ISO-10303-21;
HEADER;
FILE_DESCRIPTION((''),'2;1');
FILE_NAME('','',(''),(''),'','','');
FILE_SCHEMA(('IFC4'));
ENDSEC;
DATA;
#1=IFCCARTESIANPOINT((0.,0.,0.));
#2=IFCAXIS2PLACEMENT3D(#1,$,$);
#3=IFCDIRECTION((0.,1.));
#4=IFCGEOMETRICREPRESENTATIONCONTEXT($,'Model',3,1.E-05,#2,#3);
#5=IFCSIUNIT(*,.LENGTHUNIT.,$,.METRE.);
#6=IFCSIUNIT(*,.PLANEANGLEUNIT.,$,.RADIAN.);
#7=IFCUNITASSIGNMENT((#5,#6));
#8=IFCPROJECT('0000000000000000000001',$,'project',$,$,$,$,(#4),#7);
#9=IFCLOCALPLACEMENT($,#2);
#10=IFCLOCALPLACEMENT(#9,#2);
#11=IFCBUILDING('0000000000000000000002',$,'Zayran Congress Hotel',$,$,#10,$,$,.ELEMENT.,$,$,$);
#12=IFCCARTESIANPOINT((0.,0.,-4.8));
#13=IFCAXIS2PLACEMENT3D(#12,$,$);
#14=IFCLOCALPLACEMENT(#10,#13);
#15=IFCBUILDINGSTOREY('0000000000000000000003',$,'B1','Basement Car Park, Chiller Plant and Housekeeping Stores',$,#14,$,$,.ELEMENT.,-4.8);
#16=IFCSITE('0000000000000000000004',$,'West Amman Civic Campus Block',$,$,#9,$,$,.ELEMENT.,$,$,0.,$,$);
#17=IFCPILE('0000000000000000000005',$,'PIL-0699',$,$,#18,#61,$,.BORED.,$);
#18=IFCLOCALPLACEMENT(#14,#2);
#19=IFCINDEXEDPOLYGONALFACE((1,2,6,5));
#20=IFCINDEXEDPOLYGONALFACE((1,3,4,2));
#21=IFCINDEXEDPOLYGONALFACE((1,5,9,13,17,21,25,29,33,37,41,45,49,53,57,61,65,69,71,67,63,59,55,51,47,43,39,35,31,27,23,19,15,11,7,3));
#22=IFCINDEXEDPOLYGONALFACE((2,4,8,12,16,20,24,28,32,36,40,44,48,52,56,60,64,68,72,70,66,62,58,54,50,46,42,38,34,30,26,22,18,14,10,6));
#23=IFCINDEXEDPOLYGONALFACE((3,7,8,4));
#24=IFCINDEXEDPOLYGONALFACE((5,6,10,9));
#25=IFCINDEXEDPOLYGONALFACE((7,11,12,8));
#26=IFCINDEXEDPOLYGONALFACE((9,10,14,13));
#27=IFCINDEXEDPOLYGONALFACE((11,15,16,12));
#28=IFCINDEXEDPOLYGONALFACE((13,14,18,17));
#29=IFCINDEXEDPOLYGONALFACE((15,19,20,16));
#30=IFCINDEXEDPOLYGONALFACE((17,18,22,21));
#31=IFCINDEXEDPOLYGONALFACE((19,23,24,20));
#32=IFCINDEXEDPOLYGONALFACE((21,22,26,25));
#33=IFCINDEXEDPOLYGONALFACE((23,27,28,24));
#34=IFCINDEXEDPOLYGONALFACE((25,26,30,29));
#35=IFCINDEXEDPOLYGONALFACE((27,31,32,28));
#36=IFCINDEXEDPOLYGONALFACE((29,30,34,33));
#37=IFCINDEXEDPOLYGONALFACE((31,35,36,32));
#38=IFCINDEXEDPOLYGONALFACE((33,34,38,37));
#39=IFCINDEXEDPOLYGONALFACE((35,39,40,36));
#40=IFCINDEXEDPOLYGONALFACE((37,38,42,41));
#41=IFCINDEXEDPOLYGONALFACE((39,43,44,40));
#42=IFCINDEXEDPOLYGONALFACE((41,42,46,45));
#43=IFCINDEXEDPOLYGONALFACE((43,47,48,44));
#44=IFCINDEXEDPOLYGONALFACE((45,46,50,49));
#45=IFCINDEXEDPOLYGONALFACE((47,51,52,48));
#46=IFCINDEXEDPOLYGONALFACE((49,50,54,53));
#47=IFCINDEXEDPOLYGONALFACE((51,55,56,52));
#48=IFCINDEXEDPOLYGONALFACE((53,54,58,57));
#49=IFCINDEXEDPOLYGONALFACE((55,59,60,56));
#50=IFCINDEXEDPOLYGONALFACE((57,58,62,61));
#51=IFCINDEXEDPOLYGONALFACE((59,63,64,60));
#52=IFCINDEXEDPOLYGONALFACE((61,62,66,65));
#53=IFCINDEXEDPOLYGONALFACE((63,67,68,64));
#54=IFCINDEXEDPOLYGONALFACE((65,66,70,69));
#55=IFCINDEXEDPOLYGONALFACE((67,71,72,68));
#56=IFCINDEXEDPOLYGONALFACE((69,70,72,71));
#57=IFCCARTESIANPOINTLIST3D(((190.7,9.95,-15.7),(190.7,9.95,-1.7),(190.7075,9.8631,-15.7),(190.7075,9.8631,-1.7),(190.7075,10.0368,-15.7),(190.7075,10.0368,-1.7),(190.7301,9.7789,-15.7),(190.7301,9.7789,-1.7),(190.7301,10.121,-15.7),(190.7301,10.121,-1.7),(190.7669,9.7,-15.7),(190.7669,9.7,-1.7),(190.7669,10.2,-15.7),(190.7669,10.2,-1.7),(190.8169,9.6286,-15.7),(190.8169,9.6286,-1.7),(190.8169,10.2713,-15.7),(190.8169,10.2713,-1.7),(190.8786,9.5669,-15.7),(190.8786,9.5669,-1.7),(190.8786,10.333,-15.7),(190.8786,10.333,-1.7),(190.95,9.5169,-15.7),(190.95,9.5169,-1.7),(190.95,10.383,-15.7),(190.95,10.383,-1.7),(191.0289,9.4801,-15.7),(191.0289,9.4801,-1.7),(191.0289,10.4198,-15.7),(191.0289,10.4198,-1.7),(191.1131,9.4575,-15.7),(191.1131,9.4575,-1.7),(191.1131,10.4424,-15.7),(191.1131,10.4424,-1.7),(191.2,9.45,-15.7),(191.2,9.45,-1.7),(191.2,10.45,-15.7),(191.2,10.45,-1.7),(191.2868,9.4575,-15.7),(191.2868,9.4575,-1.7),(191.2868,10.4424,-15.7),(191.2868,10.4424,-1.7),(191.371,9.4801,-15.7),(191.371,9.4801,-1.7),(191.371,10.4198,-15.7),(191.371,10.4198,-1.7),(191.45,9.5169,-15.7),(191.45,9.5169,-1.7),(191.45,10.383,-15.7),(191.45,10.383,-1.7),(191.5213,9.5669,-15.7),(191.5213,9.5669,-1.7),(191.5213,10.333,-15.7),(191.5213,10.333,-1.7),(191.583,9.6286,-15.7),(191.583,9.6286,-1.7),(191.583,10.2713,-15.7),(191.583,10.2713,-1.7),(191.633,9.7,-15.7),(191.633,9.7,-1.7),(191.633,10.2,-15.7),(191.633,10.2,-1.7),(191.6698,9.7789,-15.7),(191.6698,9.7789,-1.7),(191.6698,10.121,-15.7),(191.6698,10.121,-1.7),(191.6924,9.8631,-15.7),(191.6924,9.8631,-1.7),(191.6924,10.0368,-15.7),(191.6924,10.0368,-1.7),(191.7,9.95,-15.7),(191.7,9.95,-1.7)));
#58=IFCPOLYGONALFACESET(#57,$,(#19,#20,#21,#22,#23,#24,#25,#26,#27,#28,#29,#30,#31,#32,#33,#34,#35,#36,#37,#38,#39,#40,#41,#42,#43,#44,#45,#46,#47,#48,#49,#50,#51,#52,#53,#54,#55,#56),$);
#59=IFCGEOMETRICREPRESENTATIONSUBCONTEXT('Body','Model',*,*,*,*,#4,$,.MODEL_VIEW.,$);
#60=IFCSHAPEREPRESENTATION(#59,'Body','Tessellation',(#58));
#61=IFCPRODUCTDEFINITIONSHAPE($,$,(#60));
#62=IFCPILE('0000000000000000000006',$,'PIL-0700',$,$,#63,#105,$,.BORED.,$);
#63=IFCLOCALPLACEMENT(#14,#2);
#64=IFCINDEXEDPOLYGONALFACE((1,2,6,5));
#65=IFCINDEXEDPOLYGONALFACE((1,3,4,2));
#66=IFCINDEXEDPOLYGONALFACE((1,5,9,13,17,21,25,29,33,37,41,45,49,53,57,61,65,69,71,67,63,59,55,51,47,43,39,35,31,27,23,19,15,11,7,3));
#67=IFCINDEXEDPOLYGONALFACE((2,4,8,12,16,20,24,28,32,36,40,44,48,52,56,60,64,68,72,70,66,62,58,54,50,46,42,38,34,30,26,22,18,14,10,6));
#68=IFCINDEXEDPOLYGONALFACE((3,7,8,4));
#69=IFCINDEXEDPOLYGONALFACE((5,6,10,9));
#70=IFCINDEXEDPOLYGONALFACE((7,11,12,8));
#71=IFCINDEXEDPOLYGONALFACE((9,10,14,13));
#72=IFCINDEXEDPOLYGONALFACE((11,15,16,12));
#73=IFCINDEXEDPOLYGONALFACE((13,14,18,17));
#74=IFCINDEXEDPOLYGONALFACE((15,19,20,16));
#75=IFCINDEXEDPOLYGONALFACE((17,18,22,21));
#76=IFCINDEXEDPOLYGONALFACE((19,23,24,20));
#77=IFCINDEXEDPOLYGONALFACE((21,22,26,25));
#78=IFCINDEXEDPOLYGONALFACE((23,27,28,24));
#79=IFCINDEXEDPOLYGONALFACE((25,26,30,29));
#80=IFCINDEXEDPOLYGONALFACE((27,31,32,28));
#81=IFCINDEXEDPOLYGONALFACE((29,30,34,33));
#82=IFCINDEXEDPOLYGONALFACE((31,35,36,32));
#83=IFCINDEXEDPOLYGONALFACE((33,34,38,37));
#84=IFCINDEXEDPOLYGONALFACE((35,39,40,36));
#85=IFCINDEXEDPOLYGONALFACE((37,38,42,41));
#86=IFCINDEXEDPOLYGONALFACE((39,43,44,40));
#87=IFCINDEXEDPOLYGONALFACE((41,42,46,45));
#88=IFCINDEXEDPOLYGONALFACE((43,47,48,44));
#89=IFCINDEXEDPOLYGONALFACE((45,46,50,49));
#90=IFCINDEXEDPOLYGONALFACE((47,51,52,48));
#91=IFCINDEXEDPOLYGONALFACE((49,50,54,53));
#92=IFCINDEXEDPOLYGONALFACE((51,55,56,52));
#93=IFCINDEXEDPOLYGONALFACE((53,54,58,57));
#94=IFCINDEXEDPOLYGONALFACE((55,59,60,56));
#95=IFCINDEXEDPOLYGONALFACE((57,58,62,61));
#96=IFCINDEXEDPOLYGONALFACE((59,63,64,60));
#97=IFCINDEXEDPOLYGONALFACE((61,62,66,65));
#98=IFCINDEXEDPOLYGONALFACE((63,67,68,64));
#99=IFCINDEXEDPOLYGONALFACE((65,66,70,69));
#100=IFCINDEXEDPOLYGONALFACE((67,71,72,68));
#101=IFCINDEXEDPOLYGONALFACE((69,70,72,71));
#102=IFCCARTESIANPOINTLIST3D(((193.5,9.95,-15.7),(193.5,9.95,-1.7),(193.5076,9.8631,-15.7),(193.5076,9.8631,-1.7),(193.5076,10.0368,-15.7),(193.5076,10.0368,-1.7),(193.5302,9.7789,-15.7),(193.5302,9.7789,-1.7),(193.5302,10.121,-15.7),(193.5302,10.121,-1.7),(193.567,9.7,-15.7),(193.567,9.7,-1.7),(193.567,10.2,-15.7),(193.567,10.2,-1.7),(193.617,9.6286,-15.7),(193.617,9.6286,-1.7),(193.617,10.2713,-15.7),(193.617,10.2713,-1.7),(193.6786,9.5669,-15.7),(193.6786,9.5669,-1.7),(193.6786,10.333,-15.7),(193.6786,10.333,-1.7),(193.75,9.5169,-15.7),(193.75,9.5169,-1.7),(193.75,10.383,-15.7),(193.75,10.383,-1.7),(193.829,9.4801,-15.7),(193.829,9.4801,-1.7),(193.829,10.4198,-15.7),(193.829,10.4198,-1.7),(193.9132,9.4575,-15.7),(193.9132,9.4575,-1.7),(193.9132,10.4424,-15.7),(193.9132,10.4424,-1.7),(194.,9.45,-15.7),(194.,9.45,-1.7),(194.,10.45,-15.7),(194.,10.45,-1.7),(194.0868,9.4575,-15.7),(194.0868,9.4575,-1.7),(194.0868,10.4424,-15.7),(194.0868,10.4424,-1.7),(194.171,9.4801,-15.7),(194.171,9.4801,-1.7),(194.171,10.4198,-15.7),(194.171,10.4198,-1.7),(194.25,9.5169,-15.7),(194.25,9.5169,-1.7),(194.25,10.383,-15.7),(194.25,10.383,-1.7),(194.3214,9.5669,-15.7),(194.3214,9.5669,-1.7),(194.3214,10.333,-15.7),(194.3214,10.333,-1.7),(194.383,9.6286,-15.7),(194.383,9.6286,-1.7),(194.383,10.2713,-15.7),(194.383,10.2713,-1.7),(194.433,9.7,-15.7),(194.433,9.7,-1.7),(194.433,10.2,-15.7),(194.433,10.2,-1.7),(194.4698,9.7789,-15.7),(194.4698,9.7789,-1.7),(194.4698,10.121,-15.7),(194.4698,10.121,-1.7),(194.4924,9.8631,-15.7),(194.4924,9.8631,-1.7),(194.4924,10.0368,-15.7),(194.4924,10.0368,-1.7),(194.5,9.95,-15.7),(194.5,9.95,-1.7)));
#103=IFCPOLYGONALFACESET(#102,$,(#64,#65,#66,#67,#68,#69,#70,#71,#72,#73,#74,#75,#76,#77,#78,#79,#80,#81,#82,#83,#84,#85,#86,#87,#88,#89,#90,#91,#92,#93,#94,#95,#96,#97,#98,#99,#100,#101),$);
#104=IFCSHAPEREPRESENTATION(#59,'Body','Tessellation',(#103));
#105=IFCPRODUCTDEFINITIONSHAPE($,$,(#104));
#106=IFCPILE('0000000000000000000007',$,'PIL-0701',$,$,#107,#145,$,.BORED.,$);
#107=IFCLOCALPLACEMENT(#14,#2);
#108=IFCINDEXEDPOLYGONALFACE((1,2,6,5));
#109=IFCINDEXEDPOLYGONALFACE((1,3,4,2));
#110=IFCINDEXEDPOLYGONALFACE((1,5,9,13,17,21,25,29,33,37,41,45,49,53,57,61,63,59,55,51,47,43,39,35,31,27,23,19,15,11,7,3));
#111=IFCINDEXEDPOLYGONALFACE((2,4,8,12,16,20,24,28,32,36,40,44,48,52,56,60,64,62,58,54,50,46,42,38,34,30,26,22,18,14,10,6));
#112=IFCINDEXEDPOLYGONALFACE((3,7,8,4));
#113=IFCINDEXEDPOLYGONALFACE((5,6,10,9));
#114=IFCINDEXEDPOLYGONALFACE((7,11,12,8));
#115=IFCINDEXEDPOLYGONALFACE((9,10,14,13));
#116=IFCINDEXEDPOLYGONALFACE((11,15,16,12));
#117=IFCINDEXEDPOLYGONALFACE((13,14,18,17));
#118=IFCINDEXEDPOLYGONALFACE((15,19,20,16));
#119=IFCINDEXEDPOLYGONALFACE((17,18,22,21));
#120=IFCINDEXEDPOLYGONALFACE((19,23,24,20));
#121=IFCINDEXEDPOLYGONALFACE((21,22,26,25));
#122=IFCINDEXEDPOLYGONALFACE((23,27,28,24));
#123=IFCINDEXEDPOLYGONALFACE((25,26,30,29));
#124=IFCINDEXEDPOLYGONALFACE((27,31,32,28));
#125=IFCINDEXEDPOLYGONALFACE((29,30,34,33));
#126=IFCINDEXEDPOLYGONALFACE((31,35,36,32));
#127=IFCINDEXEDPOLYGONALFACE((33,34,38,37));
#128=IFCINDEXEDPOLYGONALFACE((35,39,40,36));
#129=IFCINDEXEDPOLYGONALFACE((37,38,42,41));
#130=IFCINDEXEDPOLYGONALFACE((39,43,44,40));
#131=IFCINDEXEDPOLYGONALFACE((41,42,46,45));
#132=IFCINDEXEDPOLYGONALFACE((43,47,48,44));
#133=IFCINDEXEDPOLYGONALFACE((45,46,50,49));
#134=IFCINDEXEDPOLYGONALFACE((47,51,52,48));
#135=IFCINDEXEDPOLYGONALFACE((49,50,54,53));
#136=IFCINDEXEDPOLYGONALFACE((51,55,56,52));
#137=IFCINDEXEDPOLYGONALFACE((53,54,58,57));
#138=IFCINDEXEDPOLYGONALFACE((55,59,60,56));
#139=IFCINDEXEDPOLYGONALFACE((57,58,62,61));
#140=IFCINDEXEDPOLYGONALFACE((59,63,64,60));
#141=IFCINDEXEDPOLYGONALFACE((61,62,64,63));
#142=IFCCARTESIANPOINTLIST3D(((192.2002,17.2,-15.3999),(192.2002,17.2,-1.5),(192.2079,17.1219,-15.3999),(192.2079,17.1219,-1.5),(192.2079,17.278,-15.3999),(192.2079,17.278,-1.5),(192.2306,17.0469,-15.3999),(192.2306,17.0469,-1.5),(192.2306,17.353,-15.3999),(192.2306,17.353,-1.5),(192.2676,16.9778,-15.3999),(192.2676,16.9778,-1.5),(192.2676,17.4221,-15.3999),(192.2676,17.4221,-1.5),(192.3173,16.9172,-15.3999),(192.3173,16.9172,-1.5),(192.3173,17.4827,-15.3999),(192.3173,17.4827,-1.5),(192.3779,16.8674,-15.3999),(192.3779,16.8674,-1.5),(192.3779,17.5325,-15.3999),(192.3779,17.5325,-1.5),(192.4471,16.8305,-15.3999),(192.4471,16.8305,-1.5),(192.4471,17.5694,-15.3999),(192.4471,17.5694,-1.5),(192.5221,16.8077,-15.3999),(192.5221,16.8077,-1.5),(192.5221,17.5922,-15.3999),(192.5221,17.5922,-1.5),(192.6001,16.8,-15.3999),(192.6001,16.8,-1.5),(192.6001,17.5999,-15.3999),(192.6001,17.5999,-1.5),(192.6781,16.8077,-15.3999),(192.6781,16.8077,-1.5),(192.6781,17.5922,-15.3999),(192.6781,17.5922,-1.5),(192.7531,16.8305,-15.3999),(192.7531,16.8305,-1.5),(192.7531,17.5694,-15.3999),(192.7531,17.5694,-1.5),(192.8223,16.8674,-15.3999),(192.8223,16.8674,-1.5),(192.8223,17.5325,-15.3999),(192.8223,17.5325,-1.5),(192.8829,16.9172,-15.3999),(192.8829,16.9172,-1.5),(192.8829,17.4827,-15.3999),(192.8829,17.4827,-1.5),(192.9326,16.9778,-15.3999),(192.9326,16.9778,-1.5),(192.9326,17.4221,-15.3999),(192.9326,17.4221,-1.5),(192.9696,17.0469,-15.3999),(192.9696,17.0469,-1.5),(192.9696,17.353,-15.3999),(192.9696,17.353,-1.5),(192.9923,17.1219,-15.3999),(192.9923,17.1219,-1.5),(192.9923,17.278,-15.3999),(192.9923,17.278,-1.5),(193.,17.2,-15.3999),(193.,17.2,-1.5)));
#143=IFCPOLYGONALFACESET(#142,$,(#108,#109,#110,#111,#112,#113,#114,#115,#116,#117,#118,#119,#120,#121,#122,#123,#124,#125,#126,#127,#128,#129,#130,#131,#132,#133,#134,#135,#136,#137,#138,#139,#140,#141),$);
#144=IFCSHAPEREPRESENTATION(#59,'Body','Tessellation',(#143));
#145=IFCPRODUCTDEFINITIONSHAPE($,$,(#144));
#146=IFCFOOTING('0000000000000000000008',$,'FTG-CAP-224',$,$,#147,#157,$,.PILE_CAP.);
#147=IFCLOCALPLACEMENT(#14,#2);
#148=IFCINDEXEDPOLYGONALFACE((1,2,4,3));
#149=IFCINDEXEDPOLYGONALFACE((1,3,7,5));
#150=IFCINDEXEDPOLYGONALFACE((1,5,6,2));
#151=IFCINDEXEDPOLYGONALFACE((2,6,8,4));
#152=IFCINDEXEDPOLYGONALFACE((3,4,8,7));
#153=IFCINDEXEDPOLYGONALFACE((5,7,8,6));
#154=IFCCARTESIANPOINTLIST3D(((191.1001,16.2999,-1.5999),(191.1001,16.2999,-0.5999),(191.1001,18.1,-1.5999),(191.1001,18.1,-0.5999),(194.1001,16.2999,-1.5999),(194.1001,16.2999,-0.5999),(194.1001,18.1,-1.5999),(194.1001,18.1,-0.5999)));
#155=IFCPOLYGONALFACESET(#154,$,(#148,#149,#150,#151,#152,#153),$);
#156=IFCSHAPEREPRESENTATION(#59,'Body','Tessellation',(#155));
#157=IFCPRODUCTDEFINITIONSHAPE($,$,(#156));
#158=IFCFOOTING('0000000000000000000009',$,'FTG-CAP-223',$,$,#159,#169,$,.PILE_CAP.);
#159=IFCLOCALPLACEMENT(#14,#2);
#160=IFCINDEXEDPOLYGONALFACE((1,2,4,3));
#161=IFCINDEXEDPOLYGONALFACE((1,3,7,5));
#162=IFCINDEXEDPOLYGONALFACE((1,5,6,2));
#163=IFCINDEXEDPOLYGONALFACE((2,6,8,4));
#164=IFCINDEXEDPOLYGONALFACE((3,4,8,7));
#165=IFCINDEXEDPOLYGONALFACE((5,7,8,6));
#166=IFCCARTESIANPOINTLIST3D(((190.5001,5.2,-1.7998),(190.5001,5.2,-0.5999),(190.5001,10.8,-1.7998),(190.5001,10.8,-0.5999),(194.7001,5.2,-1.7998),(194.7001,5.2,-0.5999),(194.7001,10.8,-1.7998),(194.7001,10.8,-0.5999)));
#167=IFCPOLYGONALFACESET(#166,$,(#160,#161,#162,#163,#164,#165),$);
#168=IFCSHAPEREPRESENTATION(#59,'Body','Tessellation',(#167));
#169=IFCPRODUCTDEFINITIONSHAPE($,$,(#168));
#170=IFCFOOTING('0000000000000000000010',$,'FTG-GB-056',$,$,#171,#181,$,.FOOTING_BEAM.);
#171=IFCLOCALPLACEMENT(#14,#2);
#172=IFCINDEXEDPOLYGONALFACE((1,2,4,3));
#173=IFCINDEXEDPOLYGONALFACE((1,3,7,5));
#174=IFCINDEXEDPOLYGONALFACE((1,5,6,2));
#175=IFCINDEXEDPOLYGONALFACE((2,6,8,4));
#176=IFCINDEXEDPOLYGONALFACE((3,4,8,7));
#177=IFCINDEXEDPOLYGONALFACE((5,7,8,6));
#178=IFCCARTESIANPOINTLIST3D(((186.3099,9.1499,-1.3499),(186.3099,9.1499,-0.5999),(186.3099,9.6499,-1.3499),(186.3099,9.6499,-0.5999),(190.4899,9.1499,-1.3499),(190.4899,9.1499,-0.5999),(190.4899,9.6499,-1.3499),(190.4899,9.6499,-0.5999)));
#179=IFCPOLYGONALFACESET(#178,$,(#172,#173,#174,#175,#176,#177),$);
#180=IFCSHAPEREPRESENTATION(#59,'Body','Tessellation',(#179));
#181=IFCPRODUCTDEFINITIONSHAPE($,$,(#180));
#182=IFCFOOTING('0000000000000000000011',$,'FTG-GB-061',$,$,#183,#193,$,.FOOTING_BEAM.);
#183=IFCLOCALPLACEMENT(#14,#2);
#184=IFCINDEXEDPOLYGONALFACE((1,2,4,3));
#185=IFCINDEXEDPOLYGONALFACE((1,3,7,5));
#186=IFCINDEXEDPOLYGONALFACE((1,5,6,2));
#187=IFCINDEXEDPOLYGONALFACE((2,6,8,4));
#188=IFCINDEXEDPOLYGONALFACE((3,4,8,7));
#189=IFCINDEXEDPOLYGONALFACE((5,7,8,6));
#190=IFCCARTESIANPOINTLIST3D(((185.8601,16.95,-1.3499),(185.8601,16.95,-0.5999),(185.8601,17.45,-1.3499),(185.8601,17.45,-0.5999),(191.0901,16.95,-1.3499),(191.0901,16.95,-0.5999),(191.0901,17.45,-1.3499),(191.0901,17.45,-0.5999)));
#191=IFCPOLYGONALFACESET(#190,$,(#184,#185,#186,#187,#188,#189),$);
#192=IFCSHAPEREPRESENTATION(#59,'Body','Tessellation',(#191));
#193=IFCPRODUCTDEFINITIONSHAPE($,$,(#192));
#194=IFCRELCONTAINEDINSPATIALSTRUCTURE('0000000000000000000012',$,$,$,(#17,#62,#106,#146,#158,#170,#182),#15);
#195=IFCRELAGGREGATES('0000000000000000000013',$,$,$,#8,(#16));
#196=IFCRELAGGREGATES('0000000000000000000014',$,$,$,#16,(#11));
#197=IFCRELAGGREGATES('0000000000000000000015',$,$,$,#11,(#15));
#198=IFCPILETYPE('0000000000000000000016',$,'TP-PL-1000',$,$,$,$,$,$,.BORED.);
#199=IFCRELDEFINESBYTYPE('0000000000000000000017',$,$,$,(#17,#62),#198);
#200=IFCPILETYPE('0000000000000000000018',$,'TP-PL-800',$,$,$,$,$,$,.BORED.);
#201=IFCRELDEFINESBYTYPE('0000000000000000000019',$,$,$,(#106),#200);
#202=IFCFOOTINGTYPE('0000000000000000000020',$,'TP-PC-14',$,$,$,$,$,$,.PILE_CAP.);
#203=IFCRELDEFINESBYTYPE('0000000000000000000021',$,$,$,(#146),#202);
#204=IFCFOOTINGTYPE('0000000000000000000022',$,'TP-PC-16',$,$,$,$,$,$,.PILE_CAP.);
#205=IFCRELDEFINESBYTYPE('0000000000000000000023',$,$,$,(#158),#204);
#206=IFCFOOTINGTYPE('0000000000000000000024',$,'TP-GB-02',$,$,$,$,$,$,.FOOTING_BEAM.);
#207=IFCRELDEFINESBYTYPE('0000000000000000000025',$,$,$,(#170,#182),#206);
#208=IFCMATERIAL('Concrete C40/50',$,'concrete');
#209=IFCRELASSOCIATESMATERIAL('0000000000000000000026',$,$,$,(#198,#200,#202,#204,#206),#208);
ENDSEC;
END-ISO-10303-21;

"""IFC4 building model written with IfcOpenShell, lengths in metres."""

from ifc_helpers import new_model, si_unit, direction, frame, origin, origin_2d, place, context, subcontext, project, spatial, rectangle, circle, extrude, material, material_profile, profile_set, type_object, element, save


model = new_model("IFC4")

# Units and contexts
model_context = context("Model", 3, precision=1e-05, world=origin(), true_north=direction((0.0, 1.0)))
body_context = subcontext(model_context, "Body", "Model", "MODEL_VIEW")
ifc_project = project(units=[si_unit("LENGTHUNIT", "METRE"), si_unit("PLANEANGLEUNIT", "RADIAN")], contexts=[model_context])

# Site, building, storey
site_placement = place(None, origin())
site = spatial("IfcSite", under=ifc_project, at=site_placement, Name="West Amman Civic Campus Block", CompositionType="ELEMENT", RefElevation=0.0)
building_placement = place(site_placement, origin())
building = spatial("IfcBuilding", under=site, at=building_placement, Name="Zayran Congress Hotel", CompositionType="ELEMENT")
storey_placement = place(building_placement, frame((0.0, 0.0, -4.8)))
storey = spatial("IfcBuildingStorey", under=building, at=storey_placement, Name="B1", Description="Basement Car Park, Chiller Plant and Housekeeping Stores", CompositionType="ELEMENT", Elevation=-4.8)

# Piles
ifc_material_1 = material(Name="Concrete C40/50", Category="concrete")
ifc_material_profile_1 = material_profile(ifc_material_1, circle(Radius=0.5, at=origin_2d()), Name="PILE D1000")
ifc_profile_set_1 = profile_set([ifc_material_profile_1], Name="Concrete C40/50")
pile_type_1 = type_object("IfcPileType", Name="TP-PL-1000", PredefinedType="BORED", material=ifc_profile_set_1)
for number, where, z_axis, x_axis, name in (
    (1, (191.2, 9.95, -1.7), (0.0, 0.0, -1.0), (1.0, 0.0, 0.0), "PIL-0699"),
    (2, (194.0, 9.95, -1.7), (0.0, 0.0, -1.0), (1.0, 0.0, 0.0), "PIL-0700"),
):
    element("IfcPile", number, at=place(storey_placement, frame(where, z_axis=z_axis, x_axis=x_axis)), inside=storey, type_object=pile_type_1, Name=name, PredefinedType="BORED", context=body_context, shape_type="SweptSolid", body=[
        extrude(circle(Radius=0.5, at=origin_2d()), origin(), (0.0, 0.0, 1.0), 14.0),
    ])
ifc_material_profile_2 = material_profile(ifc_material_1, circle(Radius=0.3999, at=origin_2d()), Name="PILE D800")
ifc_profile_set_2 = profile_set([ifc_material_profile_2], Name="Concrete C40/50")
pile_type_2 = type_object("IfcPileType", Name="TP-PL-800", PredefinedType="BORED", material=ifc_profile_set_2)
pile_placement = place(storey_placement, frame((192.6001, 17.2, -1.5), z_axis=(0.0, 0.0, -1.0), x_axis=(1.0, 0.0, 0.0)))
element("IfcPile", 3, at=pile_placement, inside=storey, type_object=pile_type_2, Name="PIL-0701", PredefinedType="BORED", context=body_context, shape_type="SweptSolid", body=[
    extrude(circle(Radius=0.3999, at=origin_2d()), origin(), (0.0, 0.0, 1.0), 13.8999),
])

# Footings
footing_type_1 = type_object("IfcFootingType", Name="TP-PC-14", PredefinedType="PILE_CAP", material=ifc_material_1)
footing_1_placement = place(storey_placement, frame((192.6001, 17.2, -1.5999), z_axis=(0.0, 0.0, 1.0), x_axis=(1.0, 0.0, 0.0)))
element("IfcFooting", 4, at=footing_1_placement, inside=storey, type_object=footing_type_1, Name="FTG-CAP-224", PredefinedType="PILE_CAP", context=body_context, shape_type="SweptSolid", body=[
    extrude(rectangle(XDim=3.0, YDim=1.8, at=origin_2d()), origin(), (0.0, 0.0, 1.0), 1.0),
])
footing_type_2 = type_object("IfcFootingType", Name="TP-PC-16", PredefinedType="PILE_CAP", material=ifc_material_1)
footing_2_placement = place(storey_placement, frame((192.6001, 8.0, -1.7998), z_axis=(0.0, 0.0, 1.0), x_axis=(1.0, 0.0, 0.0)))
element("IfcFooting", 5, at=footing_2_placement, inside=storey, type_object=footing_type_2, Name="FTG-CAP-223", PredefinedType="PILE_CAP", context=body_context, shape_type="SweptSolid", body=[
    extrude(rectangle(XDim=4.2, YDim=5.6001, at=origin_2d()), origin(), (0.0, 0.0, 1.0), 1.2),
])
footing_type_3 = type_object("IfcFootingType", Name="TP-GB-02", PredefinedType="FOOTING_BEAM", material=ifc_material_1)
footing_3_placement = place(storey_placement, frame((188.3999, 9.3999, -1.3499), z_axis=(0.0, 0.0, 1.0), x_axis=(1.0, 0.0, 0.0)))
element("IfcFooting", 6, at=footing_3_placement, inside=storey, type_object=footing_type_3, Name="FTG-GB-056", PredefinedType="FOOTING_BEAM", context=body_context, shape_type="SweptSolid", body=[
    extrude(rectangle(XDim=4.1799, YDim=0.5, at=origin_2d()), origin(), (0.0, 0.0, 1.0), 0.75),
])
footing_4_placement = place(storey_placement, frame((188.4751, 17.2, -1.3499), z_axis=(0.0, 0.0, 1.0), x_axis=(1.0, 0.0, 0.0)))
element("IfcFooting", 7, at=footing_4_placement, inside=storey, type_object=footing_type_3, Name="FTG-GB-061", PredefinedType="FOOTING_BEAM", context=body_context, shape_type="SweptSolid", body=[
    extrude(rectangle(XDim=5.23, YDim=0.5, at=origin_2d()), origin(), (0.0, 0.0, 1.0), 0.75),
])

save(model, "model.ifc")
